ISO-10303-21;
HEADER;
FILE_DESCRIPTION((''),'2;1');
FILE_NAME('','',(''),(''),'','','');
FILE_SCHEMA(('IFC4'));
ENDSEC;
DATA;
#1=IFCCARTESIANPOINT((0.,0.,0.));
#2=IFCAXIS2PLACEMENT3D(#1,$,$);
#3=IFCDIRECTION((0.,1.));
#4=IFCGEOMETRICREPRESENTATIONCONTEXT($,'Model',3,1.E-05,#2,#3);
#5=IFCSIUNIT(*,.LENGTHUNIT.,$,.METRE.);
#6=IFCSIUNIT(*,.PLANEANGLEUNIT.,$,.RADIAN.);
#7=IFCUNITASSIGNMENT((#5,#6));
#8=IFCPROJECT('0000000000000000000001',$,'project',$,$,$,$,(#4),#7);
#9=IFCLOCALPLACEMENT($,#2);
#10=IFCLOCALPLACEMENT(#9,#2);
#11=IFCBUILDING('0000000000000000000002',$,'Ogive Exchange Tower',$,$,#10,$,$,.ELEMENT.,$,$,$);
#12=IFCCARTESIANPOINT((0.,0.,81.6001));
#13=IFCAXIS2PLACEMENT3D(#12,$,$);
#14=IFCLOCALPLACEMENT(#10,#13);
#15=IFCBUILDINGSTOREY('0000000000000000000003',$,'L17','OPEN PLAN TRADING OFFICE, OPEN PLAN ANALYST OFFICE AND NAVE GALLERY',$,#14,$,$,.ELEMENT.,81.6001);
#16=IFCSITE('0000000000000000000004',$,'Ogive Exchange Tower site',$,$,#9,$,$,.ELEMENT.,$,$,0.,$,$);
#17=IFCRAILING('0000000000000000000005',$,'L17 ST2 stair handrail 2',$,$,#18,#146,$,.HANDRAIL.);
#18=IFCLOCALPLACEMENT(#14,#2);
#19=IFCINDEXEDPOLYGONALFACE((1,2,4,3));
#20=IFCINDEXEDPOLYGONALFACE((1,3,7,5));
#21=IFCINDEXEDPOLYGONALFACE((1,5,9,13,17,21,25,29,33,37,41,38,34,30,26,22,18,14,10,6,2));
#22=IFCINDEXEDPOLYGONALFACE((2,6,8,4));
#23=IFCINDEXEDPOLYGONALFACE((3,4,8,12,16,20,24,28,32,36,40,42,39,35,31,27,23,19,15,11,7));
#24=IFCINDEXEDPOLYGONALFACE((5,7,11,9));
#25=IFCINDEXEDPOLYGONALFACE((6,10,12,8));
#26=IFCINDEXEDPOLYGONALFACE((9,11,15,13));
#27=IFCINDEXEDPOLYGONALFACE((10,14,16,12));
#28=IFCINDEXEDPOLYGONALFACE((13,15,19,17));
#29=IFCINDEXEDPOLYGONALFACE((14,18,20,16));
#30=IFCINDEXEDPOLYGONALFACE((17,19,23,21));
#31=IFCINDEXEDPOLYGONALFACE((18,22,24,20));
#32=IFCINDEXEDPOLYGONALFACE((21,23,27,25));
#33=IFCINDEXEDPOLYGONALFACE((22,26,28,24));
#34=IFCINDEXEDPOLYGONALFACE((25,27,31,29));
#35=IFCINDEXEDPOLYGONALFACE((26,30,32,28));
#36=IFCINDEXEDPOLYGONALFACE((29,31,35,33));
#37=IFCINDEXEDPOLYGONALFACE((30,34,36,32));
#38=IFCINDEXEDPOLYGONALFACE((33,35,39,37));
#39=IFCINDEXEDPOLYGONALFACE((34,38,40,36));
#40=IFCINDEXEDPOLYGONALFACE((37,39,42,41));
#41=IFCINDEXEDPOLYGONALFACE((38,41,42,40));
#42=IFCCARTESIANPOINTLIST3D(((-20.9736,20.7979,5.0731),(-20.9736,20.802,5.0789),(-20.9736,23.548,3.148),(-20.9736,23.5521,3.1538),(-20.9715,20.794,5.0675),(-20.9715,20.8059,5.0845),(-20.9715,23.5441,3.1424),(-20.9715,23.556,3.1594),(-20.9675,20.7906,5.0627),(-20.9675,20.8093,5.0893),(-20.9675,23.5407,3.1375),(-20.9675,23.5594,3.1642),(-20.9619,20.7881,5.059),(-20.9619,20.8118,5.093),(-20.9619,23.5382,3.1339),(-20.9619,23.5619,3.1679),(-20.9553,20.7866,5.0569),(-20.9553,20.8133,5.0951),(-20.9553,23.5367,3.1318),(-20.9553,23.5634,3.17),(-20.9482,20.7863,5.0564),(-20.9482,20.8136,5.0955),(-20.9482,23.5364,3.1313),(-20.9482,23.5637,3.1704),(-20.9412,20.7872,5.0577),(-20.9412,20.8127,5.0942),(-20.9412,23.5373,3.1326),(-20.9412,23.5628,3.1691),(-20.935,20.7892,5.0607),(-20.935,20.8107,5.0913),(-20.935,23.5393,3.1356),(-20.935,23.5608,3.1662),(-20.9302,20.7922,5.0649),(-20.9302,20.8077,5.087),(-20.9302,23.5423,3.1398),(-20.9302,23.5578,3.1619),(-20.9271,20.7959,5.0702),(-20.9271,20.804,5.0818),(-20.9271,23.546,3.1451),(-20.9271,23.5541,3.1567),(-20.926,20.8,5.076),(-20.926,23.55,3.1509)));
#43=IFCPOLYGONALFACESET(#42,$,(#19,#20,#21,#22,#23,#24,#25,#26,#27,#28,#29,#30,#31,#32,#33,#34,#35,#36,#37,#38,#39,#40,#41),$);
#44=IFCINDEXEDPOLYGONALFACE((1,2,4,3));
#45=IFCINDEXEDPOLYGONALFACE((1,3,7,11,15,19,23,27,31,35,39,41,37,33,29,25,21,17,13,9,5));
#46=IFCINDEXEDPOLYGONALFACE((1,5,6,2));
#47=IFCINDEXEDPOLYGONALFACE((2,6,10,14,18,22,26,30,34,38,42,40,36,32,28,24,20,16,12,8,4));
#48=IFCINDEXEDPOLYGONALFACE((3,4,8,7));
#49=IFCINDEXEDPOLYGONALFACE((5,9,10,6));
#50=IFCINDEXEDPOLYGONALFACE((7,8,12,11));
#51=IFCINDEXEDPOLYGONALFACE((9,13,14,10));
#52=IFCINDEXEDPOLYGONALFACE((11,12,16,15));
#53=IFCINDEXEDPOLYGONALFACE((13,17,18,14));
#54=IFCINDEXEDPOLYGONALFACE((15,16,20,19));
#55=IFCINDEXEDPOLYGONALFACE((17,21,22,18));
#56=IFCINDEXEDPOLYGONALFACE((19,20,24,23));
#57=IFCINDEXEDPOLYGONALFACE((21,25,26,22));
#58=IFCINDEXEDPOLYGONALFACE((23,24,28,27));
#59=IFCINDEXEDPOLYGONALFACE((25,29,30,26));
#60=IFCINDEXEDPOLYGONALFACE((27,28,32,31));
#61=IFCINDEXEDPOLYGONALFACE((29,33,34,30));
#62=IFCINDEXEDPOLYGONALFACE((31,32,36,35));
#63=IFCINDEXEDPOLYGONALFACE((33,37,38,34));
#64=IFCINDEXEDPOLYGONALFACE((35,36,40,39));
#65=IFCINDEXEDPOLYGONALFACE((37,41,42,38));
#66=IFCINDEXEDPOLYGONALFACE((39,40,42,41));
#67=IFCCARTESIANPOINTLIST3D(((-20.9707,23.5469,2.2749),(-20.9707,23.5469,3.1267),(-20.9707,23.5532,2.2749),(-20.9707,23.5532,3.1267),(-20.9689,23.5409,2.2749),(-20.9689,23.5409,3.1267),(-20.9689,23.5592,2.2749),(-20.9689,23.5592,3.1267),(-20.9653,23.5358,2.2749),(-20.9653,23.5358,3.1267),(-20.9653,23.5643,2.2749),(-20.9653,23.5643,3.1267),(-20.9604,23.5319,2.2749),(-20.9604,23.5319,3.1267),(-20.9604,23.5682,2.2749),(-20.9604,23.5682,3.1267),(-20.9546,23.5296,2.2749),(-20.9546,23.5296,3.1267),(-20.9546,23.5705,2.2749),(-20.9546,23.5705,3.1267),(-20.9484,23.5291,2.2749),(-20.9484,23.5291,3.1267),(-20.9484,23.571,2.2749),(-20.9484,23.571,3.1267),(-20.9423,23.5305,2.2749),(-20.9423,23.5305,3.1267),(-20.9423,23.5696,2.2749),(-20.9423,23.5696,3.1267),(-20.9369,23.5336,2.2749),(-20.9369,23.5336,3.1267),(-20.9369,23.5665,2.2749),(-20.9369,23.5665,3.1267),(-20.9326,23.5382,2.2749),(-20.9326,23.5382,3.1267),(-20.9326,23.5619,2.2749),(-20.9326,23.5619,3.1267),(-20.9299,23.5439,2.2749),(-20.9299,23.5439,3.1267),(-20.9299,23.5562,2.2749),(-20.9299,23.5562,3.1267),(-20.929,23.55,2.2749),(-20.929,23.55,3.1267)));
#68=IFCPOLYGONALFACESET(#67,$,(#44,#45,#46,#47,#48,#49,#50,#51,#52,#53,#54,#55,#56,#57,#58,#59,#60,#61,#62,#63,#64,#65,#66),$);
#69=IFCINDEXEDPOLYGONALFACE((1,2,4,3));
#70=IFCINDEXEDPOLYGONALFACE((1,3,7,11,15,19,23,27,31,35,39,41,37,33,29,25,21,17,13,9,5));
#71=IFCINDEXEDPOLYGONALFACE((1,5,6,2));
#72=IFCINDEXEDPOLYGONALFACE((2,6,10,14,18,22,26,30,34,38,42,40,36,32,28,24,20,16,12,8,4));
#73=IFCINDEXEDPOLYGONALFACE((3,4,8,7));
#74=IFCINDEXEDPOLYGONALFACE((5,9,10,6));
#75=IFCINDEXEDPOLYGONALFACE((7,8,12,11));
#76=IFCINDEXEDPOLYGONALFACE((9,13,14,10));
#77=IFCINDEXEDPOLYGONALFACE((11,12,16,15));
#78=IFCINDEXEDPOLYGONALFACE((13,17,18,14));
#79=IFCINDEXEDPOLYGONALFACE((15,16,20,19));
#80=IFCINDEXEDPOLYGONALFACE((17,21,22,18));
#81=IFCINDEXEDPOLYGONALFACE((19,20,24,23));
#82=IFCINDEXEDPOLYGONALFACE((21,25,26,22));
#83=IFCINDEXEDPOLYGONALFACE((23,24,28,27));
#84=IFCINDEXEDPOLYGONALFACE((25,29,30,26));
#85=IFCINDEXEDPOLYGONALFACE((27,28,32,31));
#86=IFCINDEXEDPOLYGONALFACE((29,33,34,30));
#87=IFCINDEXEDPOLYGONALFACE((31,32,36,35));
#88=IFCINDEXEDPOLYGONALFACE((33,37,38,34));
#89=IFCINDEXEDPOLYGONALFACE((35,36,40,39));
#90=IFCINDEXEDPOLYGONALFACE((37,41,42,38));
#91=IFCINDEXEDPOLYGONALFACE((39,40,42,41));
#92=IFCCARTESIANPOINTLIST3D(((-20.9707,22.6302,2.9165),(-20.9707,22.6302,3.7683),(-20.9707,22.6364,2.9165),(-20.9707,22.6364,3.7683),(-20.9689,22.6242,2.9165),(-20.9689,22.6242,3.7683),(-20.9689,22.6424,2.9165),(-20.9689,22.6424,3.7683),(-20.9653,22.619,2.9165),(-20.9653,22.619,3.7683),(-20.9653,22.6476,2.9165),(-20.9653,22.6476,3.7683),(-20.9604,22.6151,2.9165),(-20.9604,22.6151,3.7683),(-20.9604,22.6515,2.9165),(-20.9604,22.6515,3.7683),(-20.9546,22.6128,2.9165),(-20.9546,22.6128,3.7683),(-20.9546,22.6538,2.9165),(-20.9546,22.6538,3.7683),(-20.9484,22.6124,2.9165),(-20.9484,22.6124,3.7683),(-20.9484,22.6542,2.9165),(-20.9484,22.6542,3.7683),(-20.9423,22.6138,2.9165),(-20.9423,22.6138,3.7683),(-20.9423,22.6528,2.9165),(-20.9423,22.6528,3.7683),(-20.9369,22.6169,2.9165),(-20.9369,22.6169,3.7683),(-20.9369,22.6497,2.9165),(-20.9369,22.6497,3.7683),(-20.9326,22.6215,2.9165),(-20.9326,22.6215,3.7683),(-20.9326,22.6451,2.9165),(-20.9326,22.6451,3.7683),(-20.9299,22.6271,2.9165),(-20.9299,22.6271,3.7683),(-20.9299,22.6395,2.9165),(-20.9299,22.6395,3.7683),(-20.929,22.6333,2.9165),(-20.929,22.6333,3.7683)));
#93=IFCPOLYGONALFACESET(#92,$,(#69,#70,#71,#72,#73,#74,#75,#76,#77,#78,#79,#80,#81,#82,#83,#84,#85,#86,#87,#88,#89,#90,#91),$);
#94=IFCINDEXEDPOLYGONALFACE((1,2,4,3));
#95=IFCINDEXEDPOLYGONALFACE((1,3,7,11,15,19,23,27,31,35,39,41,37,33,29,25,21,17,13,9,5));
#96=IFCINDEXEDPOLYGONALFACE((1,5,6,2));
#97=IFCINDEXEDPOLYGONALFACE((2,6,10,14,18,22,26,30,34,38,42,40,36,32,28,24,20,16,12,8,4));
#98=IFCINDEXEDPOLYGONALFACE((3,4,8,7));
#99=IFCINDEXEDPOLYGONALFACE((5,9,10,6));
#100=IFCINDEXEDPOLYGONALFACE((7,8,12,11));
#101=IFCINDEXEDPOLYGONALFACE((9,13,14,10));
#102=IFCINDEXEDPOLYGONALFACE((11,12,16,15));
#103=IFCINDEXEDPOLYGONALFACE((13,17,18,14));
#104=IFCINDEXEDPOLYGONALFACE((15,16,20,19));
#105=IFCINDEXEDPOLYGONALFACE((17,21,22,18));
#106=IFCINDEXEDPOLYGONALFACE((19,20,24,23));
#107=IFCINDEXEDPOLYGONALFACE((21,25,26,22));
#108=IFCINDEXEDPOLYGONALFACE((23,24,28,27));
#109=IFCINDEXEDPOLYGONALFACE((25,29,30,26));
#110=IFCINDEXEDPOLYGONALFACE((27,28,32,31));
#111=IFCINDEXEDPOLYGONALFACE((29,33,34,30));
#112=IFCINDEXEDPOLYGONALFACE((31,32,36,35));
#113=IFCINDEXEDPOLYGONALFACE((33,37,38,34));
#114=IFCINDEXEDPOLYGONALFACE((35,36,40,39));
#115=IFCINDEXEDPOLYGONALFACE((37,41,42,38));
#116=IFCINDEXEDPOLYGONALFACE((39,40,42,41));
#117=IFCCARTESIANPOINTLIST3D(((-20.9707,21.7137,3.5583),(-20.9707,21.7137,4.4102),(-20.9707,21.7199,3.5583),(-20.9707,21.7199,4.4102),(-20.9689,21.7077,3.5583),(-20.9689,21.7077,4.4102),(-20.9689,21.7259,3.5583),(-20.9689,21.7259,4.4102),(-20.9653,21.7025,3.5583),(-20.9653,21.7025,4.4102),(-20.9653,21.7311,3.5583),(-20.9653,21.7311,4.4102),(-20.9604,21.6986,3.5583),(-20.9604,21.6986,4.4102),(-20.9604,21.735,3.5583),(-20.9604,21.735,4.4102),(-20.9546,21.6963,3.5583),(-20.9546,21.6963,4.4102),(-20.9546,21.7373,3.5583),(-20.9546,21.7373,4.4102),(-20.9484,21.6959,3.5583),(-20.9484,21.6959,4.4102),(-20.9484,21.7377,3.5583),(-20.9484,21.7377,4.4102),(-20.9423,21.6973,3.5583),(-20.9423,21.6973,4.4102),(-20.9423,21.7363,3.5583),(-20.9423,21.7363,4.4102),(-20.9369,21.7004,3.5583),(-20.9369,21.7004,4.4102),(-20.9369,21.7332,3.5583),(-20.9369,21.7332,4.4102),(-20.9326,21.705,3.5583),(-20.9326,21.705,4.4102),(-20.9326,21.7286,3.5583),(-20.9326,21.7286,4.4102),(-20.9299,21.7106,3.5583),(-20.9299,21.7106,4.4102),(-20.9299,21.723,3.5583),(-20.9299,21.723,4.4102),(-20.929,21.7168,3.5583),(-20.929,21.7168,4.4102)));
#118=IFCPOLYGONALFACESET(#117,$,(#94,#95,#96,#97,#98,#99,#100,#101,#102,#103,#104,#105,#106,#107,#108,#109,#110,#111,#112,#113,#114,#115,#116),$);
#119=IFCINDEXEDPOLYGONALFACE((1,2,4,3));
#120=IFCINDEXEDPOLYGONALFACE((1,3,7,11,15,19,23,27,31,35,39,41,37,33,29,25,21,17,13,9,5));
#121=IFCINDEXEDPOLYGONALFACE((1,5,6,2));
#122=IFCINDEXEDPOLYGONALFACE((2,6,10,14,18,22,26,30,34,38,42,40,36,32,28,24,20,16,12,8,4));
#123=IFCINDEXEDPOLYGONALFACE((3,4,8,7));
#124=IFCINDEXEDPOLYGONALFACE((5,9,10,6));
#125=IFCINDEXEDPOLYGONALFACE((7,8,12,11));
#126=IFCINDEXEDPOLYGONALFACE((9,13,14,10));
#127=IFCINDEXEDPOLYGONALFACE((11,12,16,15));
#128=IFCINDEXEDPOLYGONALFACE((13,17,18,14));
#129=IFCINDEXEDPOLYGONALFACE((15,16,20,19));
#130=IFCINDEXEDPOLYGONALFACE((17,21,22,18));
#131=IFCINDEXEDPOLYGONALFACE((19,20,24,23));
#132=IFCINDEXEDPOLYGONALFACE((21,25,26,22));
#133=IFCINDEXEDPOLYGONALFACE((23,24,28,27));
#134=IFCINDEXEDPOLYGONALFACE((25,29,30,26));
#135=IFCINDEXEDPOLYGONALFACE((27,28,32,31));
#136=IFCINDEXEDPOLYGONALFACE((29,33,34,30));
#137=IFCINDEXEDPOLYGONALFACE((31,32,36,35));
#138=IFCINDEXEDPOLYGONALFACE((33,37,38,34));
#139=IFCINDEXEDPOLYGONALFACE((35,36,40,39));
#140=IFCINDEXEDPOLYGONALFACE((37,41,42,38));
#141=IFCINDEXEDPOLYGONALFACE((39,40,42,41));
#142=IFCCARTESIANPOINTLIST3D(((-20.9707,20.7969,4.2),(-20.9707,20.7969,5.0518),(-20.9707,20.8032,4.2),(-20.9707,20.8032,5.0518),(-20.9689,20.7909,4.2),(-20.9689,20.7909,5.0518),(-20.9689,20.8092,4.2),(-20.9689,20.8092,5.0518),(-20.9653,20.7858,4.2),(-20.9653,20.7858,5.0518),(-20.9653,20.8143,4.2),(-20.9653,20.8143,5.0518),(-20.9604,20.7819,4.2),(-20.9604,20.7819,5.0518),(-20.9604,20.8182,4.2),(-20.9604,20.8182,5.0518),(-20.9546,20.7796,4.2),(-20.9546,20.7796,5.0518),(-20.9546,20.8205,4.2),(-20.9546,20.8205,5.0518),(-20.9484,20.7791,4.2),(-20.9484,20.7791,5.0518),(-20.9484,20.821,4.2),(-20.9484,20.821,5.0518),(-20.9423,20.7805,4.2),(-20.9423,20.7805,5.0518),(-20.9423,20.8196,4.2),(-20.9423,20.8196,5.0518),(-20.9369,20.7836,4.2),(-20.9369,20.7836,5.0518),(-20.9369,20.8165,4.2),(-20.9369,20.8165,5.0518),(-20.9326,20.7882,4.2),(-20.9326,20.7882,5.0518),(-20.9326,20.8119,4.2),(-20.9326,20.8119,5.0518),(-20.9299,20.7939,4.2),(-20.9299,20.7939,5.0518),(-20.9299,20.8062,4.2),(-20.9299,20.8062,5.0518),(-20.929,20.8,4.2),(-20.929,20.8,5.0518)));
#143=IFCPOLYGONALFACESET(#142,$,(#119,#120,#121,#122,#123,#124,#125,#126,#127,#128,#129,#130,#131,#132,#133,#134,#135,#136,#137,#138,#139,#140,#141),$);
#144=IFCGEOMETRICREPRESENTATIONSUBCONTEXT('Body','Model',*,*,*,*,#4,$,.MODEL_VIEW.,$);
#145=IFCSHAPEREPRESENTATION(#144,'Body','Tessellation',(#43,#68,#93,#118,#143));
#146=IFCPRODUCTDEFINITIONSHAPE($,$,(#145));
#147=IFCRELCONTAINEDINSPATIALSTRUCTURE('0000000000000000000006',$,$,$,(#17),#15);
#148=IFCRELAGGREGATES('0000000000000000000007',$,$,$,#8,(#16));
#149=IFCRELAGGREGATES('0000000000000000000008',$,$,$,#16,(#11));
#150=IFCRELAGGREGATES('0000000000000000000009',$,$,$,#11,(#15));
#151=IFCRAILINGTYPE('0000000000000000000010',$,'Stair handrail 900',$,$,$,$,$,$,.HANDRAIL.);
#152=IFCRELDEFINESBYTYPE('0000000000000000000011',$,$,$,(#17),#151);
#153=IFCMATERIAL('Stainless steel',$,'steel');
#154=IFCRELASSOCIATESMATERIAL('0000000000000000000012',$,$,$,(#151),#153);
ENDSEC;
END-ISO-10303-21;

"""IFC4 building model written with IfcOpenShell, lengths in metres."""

from ifc_helpers import new_model, si_unit, direction, frame, origin, origin_2d, place, context, subcontext, project, spatial, circle, extrude, material, type_object, element, save


model = new_model("IFC4")

# Units and contexts
model_context = context("Model", 3, precision=1e-05, world=origin(), true_north=direction((0.0, 1.0)))
body_context = subcontext(model_context, "Body", "Model", "MODEL_VIEW")
ifc_project = project(units=[si_unit("LENGTHUNIT", "METRE"), si_unit("PLANEANGLEUNIT", "RADIAN")], contexts=[model_context])

# Site, building, storey
site_placement = place(None, origin())
site = spatial("IfcSite", under=ifc_project, at=site_placement, Name="Ogive Exchange Tower site", CompositionType="ELEMENT", RefElevation=0.0)
building_placement = place(site_placement, origin())
building = spatial("IfcBuilding", under=site, at=building_placement, Name="Ogive Exchange Tower", CompositionType="ELEMENT")
storey_placement = place(building_placement, frame((0.0, 0.0, 81.6001)))
storey = spatial("IfcBuildingStorey", under=building, at=storey_placement, Name="L17", Description="OPEN PLAN TRADING OFFICE, OPEN PLAN ANALYST OFFICE AND NAVE GALLERY", CompositionType="ELEMENT", Elevation=81.6001)

# Railing
ifc_material_1 = material(Name="Stainless steel", Category="steel")
railing_type = type_object("IfcRailingType", Name="Stair handrail 900", PredefinedType="HANDRAIL", material=ifc_material_1)
railing_1_placement = place(storey_placement, frame((-20.95, 23.55, 2.2749)))
element("IfcRailing", 1, at=railing_1_placement, inside=storey, type_object=railing_type, Name="L17 ST2 stair handrail 2", PredefinedType="HANDRAIL", context=body_context, shape_type="SweptSolid", body=[
    extrude(circle(Radius=0.0239, at=origin_2d()), frame((0.0, 0.0, 0.876), z_axis=(0.0, -0.819225, 0.573472), x_axis=(1.0, 0.0, 0.0)), (0.0, 0.0, 1.0), 3.3569),
    extrude(circle(Radius=0.021, at=origin_2d()), origin(), (0.0, 0.0, 1.0), 0.8518),
    extrude(circle(Radius=0.021, at=origin_2d()), frame((0.0, -0.9167, 0.6416)), (0.0, 0.0, 1.0), 0.8518),
    extrude(circle(Radius=0.021, at=origin_2d()), frame((0.0, -1.8333, 1.2834)), (0.0, 0.0, 1.0), 0.8518),
    extrude(circle(Radius=0.021, at=origin_2d()), frame((0.0, -2.75, 1.925)), (0.0, 0.0, 1.0), 0.8518),
])

save(model, "model.ifc")
